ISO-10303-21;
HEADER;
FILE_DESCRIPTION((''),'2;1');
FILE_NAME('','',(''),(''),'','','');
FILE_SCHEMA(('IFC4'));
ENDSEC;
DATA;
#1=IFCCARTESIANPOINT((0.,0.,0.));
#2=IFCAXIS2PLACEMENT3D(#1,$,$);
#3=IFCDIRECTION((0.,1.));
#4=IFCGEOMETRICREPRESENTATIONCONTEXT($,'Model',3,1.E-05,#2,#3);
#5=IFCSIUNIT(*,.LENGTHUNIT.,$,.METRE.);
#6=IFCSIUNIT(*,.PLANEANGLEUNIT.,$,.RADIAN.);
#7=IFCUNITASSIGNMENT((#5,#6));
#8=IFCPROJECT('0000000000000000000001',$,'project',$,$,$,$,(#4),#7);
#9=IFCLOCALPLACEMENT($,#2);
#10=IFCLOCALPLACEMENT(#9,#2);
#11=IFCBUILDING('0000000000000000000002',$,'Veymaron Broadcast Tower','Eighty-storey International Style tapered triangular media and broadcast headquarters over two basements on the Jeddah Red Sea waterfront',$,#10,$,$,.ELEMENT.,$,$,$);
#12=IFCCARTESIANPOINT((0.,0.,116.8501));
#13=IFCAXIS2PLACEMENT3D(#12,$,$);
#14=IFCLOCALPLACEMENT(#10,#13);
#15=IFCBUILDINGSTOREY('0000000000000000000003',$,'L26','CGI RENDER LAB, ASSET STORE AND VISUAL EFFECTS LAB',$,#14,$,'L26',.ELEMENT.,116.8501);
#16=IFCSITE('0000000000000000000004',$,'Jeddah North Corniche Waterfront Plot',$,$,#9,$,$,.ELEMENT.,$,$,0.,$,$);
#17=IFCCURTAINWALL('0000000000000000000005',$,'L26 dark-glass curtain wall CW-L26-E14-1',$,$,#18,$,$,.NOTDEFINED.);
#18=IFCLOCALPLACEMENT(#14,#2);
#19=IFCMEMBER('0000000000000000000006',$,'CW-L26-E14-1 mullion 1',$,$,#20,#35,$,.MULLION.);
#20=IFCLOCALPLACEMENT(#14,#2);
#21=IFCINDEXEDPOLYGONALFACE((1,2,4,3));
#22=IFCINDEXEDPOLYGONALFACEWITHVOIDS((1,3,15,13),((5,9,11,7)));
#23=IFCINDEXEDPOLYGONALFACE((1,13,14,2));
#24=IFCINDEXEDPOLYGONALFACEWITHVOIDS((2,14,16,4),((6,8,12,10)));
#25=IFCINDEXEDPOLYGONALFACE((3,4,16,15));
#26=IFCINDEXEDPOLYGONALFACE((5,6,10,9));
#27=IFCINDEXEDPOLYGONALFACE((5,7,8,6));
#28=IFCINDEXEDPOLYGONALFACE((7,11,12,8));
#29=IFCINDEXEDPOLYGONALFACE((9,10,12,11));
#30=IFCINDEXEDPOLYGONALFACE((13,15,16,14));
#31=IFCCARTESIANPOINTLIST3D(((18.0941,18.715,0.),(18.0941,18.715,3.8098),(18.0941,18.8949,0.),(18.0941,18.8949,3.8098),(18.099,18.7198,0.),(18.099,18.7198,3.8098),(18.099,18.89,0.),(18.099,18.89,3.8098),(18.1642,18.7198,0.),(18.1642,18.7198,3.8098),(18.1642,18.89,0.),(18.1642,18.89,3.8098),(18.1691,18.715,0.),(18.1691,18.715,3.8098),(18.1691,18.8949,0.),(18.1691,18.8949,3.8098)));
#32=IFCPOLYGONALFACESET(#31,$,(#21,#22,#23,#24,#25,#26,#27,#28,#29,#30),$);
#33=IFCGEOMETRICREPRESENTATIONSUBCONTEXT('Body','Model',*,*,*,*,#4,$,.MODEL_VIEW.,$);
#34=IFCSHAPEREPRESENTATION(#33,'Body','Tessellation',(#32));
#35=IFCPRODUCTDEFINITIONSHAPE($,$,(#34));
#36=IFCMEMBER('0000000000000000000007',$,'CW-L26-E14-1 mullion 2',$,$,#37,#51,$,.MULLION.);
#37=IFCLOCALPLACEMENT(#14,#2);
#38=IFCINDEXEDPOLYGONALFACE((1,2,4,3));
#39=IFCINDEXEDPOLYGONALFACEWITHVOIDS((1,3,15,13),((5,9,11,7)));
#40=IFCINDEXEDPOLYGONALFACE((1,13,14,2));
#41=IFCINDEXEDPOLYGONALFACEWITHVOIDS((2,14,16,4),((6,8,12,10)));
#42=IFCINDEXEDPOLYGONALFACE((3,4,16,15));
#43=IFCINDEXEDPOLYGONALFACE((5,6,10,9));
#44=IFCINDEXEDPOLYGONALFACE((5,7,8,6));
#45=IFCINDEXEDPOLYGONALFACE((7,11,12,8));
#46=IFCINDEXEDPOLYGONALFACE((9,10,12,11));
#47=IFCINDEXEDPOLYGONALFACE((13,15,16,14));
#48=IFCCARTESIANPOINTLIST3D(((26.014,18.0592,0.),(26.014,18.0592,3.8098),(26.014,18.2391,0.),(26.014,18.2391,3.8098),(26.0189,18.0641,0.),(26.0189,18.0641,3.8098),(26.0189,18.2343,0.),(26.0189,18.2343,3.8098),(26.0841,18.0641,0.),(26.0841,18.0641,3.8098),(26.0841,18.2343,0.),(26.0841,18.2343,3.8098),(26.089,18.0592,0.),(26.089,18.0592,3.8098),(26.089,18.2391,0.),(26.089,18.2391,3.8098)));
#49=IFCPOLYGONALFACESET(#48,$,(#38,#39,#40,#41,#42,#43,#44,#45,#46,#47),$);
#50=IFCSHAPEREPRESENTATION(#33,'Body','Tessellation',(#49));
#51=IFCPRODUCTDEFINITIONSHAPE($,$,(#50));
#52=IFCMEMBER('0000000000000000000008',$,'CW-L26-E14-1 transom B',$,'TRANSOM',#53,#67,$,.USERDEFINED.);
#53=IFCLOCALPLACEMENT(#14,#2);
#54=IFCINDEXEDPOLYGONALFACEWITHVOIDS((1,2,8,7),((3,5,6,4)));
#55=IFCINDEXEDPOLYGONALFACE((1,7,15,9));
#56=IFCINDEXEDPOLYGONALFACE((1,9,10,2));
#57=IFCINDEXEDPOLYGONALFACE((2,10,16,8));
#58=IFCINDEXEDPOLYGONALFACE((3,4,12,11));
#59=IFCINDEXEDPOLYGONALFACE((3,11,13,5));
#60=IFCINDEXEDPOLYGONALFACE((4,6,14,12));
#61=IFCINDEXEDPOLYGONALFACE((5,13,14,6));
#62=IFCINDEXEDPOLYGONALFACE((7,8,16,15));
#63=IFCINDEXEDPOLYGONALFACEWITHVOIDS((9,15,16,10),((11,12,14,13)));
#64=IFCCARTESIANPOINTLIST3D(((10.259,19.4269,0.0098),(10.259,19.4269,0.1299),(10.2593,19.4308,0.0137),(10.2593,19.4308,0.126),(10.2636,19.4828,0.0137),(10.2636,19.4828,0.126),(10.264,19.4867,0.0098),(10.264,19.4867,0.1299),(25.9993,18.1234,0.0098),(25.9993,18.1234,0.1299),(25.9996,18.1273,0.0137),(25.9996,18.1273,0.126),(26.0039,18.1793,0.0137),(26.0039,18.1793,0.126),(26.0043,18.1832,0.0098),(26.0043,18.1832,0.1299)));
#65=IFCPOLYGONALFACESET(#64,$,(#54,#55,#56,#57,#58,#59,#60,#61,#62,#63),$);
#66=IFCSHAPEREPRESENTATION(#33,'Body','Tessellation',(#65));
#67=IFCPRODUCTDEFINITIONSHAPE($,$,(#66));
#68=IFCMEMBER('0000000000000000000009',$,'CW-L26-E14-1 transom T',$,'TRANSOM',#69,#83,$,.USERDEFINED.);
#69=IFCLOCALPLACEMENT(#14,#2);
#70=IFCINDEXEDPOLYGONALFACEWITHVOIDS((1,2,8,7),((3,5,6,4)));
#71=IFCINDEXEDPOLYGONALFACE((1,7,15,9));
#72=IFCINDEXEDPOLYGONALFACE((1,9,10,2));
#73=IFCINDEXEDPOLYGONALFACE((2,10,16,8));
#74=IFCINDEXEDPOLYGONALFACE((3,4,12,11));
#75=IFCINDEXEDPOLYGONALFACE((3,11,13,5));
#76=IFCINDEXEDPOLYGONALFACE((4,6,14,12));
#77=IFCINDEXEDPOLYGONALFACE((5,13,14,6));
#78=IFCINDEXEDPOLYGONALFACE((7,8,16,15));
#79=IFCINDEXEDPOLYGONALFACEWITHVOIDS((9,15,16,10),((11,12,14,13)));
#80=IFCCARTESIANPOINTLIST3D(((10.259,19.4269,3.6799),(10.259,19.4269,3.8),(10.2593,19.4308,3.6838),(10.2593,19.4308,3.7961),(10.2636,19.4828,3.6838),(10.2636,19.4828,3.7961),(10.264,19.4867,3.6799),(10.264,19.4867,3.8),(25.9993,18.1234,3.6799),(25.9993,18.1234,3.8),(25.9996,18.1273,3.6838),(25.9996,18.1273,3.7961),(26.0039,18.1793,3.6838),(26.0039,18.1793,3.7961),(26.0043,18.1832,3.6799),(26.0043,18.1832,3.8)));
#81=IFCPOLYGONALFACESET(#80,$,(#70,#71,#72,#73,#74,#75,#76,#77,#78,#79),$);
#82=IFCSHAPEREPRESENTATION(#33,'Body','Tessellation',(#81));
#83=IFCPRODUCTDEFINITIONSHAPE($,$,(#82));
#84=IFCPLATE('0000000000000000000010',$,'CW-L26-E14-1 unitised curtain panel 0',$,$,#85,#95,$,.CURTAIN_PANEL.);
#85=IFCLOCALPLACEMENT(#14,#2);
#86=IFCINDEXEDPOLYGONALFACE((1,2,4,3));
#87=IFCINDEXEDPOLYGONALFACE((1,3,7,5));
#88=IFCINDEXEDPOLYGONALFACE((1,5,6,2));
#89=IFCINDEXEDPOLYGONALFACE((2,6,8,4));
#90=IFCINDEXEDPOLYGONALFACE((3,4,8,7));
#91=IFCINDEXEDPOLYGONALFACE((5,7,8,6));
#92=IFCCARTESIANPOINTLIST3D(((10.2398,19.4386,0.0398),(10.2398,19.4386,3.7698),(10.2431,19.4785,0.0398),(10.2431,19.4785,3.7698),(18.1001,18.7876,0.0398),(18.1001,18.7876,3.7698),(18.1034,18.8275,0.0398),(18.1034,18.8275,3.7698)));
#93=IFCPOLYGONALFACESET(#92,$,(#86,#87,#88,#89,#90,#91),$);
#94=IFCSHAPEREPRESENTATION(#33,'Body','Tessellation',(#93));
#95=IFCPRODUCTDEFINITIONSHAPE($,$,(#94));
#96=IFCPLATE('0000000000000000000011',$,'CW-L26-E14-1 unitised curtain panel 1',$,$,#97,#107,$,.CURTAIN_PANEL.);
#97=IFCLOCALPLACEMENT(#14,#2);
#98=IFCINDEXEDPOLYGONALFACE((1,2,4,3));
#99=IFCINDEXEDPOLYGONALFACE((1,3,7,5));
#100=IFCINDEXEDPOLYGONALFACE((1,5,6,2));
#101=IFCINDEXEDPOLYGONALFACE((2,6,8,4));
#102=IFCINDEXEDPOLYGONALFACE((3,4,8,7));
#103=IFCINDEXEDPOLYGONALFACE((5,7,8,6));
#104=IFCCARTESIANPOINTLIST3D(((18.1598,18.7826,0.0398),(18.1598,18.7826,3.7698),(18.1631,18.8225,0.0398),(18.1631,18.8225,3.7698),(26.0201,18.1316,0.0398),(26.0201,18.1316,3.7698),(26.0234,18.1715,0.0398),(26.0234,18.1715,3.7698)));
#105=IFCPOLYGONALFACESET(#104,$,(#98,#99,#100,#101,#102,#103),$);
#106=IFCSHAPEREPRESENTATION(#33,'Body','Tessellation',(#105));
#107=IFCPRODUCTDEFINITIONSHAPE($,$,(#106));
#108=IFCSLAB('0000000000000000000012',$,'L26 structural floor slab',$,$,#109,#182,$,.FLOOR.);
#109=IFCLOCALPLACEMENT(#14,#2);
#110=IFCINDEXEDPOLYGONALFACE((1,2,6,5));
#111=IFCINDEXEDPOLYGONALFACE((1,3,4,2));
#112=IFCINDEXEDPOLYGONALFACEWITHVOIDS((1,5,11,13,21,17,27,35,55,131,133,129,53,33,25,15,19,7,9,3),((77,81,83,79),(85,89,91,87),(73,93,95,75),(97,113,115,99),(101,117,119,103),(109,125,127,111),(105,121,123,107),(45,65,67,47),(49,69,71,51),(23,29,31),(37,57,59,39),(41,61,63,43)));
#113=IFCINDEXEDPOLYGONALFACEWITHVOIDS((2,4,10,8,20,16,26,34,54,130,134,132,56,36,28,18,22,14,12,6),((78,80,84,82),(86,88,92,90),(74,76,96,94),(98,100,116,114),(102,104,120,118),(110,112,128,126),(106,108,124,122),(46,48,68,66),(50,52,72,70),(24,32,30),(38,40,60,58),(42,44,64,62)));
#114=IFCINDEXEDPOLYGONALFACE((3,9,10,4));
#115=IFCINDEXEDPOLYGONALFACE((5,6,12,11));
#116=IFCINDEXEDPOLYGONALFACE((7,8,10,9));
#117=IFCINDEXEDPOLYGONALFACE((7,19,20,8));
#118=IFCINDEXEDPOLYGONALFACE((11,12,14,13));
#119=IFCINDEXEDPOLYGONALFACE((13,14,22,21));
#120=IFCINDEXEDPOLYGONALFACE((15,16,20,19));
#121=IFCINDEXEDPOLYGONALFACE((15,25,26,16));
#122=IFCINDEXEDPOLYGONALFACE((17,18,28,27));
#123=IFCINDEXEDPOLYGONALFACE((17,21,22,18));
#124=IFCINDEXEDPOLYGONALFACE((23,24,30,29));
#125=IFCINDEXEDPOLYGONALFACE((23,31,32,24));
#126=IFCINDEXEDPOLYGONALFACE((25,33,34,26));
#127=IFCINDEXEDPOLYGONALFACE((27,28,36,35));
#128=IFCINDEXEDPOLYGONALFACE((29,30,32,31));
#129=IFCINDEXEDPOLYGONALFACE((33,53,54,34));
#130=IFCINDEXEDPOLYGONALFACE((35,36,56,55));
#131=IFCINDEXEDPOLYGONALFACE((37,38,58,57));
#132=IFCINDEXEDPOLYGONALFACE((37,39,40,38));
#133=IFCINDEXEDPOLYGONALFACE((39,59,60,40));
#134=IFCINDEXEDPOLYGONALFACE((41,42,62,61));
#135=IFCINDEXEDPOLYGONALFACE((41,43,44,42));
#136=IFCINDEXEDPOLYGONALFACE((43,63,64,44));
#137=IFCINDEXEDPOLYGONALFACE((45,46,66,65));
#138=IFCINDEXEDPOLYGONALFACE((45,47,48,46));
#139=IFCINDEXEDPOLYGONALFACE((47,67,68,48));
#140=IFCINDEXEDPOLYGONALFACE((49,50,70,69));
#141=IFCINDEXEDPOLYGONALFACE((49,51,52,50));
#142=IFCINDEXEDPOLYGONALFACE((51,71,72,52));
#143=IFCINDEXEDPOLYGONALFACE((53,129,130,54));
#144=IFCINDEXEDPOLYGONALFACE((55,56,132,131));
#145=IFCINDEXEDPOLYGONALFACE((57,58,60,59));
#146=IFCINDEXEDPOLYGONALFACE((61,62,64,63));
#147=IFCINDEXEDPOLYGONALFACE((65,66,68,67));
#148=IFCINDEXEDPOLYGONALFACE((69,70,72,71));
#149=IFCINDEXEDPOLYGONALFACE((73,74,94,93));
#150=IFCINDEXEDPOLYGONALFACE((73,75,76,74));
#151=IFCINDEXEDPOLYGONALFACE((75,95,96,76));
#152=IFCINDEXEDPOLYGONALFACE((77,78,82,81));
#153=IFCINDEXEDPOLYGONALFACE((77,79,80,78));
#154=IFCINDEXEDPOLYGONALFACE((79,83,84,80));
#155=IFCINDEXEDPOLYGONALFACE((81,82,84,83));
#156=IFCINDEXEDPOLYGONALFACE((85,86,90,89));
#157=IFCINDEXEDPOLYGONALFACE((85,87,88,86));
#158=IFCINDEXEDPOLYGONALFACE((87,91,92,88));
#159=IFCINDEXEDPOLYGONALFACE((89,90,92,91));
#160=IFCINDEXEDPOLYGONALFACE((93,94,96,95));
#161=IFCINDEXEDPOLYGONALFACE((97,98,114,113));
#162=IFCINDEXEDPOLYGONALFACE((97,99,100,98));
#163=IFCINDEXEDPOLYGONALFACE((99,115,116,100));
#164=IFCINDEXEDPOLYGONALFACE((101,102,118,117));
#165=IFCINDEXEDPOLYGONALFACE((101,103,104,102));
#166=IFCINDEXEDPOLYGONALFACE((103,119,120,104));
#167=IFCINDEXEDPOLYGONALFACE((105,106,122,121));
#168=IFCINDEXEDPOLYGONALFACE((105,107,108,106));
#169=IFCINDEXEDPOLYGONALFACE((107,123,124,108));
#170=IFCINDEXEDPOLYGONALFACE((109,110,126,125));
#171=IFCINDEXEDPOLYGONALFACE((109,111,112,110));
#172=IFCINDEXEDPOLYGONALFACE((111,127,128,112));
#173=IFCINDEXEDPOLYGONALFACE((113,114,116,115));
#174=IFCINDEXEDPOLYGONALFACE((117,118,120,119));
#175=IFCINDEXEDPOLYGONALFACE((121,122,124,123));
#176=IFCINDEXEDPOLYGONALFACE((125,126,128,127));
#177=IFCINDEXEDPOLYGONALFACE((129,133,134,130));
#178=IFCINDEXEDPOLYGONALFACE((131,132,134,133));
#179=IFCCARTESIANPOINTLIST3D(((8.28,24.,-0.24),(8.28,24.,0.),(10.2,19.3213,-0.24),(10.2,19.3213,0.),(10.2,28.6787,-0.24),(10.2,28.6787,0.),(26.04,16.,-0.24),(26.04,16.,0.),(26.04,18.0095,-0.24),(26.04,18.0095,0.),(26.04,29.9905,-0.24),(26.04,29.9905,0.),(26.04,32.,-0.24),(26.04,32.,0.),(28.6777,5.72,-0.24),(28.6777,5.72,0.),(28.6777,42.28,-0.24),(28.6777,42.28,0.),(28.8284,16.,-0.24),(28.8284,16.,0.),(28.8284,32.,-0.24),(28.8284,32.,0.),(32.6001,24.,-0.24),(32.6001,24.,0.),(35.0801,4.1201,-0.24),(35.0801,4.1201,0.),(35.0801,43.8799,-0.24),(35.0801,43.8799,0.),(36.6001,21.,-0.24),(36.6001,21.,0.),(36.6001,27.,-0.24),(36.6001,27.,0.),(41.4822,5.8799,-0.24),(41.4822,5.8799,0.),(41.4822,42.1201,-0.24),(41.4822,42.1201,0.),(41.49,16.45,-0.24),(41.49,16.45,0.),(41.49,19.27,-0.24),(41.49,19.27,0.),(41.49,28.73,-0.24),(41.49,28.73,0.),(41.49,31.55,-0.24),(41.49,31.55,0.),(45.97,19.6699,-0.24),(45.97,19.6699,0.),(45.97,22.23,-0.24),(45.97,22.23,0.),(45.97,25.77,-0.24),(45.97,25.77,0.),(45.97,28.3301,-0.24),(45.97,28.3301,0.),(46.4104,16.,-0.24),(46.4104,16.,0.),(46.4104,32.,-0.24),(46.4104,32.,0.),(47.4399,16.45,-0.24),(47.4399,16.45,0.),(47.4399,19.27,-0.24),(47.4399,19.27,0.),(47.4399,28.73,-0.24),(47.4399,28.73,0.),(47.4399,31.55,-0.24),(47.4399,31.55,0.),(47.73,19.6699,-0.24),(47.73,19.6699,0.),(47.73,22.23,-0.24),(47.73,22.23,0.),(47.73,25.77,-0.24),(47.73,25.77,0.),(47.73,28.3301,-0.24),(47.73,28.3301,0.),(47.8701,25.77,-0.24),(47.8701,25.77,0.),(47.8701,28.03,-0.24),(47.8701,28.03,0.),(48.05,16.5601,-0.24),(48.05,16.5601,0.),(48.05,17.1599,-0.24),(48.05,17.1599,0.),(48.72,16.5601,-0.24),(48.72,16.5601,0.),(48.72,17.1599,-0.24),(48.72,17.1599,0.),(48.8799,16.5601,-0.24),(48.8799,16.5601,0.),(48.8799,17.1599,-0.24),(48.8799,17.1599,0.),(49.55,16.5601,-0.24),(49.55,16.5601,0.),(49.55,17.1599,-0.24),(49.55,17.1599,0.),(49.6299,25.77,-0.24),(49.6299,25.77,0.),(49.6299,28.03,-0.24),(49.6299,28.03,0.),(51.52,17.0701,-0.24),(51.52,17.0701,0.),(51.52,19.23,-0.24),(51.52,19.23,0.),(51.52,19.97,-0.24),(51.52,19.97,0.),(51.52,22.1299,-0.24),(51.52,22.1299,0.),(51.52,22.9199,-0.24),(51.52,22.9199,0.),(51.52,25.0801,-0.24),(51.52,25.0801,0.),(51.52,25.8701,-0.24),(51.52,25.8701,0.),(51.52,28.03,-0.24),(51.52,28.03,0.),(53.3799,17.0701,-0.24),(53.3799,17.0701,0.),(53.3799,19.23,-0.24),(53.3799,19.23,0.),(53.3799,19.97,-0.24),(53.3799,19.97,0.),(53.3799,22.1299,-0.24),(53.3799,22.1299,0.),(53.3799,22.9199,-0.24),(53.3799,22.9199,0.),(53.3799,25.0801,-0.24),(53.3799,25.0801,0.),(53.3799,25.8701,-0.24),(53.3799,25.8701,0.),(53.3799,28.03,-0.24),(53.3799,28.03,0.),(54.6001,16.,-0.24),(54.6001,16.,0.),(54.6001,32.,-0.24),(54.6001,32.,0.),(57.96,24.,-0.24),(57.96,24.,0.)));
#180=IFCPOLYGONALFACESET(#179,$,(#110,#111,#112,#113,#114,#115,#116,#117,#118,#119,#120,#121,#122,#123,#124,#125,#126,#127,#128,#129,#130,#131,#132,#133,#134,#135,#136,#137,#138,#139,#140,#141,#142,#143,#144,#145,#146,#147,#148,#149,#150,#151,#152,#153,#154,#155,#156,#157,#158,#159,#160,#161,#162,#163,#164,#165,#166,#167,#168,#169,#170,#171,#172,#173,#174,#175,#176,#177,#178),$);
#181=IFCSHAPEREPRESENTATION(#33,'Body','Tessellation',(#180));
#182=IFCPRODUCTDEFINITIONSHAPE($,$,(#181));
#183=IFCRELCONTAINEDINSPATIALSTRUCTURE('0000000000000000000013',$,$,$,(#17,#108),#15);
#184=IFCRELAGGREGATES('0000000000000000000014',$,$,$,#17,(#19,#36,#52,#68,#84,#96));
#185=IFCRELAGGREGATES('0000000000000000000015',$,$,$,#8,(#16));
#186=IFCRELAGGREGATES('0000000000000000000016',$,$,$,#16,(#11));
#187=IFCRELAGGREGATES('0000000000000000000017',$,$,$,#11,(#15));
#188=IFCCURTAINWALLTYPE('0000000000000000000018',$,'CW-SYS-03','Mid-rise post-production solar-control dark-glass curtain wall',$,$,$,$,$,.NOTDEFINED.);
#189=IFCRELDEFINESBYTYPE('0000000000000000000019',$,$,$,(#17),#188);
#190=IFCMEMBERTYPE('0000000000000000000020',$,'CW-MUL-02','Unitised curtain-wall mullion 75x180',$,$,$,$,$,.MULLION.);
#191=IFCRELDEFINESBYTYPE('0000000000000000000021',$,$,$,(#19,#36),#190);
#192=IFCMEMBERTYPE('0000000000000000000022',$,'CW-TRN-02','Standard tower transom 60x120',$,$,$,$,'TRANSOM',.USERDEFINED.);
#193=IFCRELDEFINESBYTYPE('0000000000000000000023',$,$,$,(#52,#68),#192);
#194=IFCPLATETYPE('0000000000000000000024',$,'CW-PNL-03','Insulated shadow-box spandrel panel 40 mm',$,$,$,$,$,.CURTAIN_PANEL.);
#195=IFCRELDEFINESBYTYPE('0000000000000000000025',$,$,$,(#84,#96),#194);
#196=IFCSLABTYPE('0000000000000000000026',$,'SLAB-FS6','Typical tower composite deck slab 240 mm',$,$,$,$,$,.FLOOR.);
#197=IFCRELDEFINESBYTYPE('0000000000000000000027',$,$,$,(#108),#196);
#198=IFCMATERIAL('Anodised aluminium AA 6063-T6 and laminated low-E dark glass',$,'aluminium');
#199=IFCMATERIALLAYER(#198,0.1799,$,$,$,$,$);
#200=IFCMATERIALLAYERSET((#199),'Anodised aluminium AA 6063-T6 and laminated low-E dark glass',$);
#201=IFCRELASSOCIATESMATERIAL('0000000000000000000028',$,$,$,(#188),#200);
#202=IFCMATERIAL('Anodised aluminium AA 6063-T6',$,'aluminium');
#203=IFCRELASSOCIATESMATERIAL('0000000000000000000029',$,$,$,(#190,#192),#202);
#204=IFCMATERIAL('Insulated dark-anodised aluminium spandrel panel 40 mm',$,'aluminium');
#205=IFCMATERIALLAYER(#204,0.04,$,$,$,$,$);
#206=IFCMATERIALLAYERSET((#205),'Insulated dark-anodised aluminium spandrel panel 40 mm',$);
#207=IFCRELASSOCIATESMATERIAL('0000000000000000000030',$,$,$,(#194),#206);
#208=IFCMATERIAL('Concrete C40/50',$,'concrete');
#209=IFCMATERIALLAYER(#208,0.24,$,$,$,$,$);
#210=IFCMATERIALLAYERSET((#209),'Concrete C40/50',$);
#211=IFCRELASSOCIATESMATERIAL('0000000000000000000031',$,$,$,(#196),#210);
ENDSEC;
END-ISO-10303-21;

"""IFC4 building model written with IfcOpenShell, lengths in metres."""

from ifc_helpers import new_model, si_unit, direction, frame, origin, origin_2d, place, context, subcontext, project, spatial, polyline, rectangle, hollow_rectangle, outline, extrude, material, layer, layer_set, material_profile, profile_set, type_object, element, aggregate, save


model = new_model("IFC4")

# Units and contexts
model_context = context("Model", 3, precision=1e-05, world=origin(), true_north=direction((0.0, 1.0)))
body_context = subcontext(model_context, "Body", "Model", "MODEL_VIEW")
ifc_project = project(units=[si_unit("LENGTHUNIT", "METRE"), si_unit("PLANEANGLEUNIT", "RADIAN")], contexts=[model_context])

# Site, building, storey
site_placement = place(None, origin())
site = spatial("IfcSite", under=ifc_project, at=site_placement, Name="Jeddah North Corniche Waterfront Plot", CompositionType="ELEMENT", RefElevation=0.0)
building_placement = place(site_placement, origin())
building = spatial("IfcBuilding", under=site, at=building_placement, Name="Veymaron Broadcast Tower", Description="Eighty-storey International Style tapered triangular media and broadcast headquarters over two basements on the Jeddah Red Sea waterfront", CompositionType="ELEMENT")
storey_placement = place(building_placement, frame((0.0, 0.0, 116.8501)))
storey = spatial("IfcBuildingStorey", under=building, at=storey_placement, Name="L26", Description="CGI RENDER LAB, ASSET STORE AND VISUAL EFFECTS LAB", LongName="L26", CompositionType="ELEMENT", Elevation=116.8501)

# Curtain wall, members, plates
ifc_material_1 = material(Name="Anodised aluminium AA 6063-T6 and laminated low-E dark glass", Category="aluminium")
ifc_layer_1 = layer(ifc_material_1, 0.1799)
ifc_layer_set_1 = layer_set([ifc_layer_1], Name="Anodised aluminium AA 6063-T6 and laminated low-E dark glass")
curtain_wall_type = type_object("IfcCurtainWallType", Name="CW-SYS-03", Description="Mid-rise post-production solar-control dark-glass curtain wall", PredefinedType="NOTDEFINED", material=ifc_layer_set_1)
curtain_wall_placement = place(storey_placement, origin())
curtain_wall = element("IfcCurtainWall", 1, at=curtain_wall_placement, inside=storey, type_object=curtain_wall_type, Name="L26 dark-glass curtain wall CW-L26-E14-1", PredefinedType="NOTDEFINED")
ifc_material_2 = material(Name="Anodised aluminium AA 6063-T6", Category="aluminium")
ifc_material_profile_1 = material_profile(ifc_material_2, hollow_rectangle(XDim=0.075, YDim=0.1799, WallThickness=0.0049, at=origin_2d()), Name="AL180X75X5")
ifc_profile_set_1 = profile_set([ifc_material_profile_1], Name="Anodised aluminium AA 6063-T6")
member_type_1 = type_object("IfcMemberType", Name="CW-MUL-02", Description="Unitised curtain-wall mullion 75x180", PredefinedType="MULLION", material=ifc_profile_set_1)
member_1_placement = place(storey_placement, frame((18.1316, 18.8049, 0.0), z_axis=(0.0, 0.0, 1.0), x_axis=(1.0, 0.0, 0.0)))
member_1 = element("IfcMember", 2, at=member_1_placement, type_object=member_type_1, Name="CW-L26-E14-1 mullion 1", PredefinedType="MULLION", context=body_context, shape_type="SweptSolid", body=[
    extrude(hollow_rectangle(XDim=0.075, YDim=0.1799, WallThickness=0.0049, at=origin_2d()), origin(), (0.0, 0.0, 1.0), 3.8098),
])
member_2_placement = place(storey_placement, frame((26.0515, 18.1492, 0.0), z_axis=(0.0, 0.0, 1.0), x_axis=(1.0, 0.0, 0.0)))
member_2 = element("IfcMember", 3, at=member_2_placement, type_object=member_type_1, Name="CW-L26-E14-1 mullion 2", PredefinedType="MULLION", context=body_context, shape_type="SweptSolid", body=[
    extrude(hollow_rectangle(XDim=0.075, YDim=0.1799, WallThickness=0.0049, at=origin_2d()), origin(), (0.0, 0.0, 1.0), 3.8098),
])
ifc_material_profile_2 = material_profile(ifc_material_2, hollow_rectangle(XDim=0.0601, YDim=0.1201, WallThickness=0.0039, at=origin_2d()), Name="AL120X60X4")
ifc_profile_set_2 = profile_set([ifc_material_profile_2], Name="Anodised aluminium AA 6063-T6")
member_type_2 = type_object("IfcMemberType", Name="CW-TRN-02", Description="Standard tower transom 60x120", ElementType="TRANSOM", PredefinedType="USERDEFINED", material=ifc_profile_set_2)
member_3_placement = place(storey_placement, frame((10.2615, 19.4568, 0.0698), z_axis=(0.996589, -0.082529, 0.0), x_axis=(0.082529, 0.996589, 0.0)))
member_3 = element("IfcMember", 4, at=member_3_placement, type_object=member_type_2, Name="CW-L26-E14-1 transom B", ObjectType="TRANSOM", PredefinedType="USERDEFINED", context=body_context, shape_type="SweptSolid", body=[
    extrude(hollow_rectangle(XDim=0.0601, YDim=0.1201, WallThickness=0.0039, at=origin_2d()), origin(), (0.0, 0.0, 1.0), 15.7942),
])
member_4_placement = place(storey_placement, frame((10.2615, 19.4568, 3.74), z_axis=(0.996589, -0.082529, 0.0), x_axis=(0.082529, 0.996589, 0.0)))
member_4 = element("IfcMember", 5, at=member_4_placement, type_object=member_type_2, Name="CW-L26-E14-1 transom T", ObjectType="TRANSOM", PredefinedType="USERDEFINED", context=body_context, shape_type="SweptSolid", body=[
    extrude(hollow_rectangle(XDim=0.0601, YDim=0.1201, WallThickness=0.0039, at=origin_2d()), origin(), (0.0, 0.0, 1.0), 15.7942),
])
ifc_material_3 = material(Name="Insulated dark-anodised aluminium spandrel panel 40 mm", Category="aluminium")
ifc_layer_2 = layer(ifc_material_3, 0.04)
ifc_layer_set_2 = layer_set([ifc_layer_2], Name="Insulated dark-anodised aluminium spandrel panel 40 mm")
plate_type = type_object("IfcPlateType", Name="CW-PNL-03", Description="Insulated shadow-box spandrel panel 40 mm", PredefinedType="CURTAIN_PANEL", material=ifc_layer_set_2)
plate_1_placement = place(storey_placement, frame((14.1716, 19.1331, 0.0398), z_axis=(0.0, 0.0, 1.0), x_axis=(0.996589, -0.08253, 0.0)))
plate_1 = element("IfcPlate", 6, at=plate_1_placement, type_object=plate_type, Name="CW-L26-E14-1 unitised curtain panel 0", PredefinedType="CURTAIN_PANEL", context=body_context, shape_type="SweptSolid", body=[
    extrude(rectangle(XDim=7.8872, YDim=0.04, at=origin_2d()), origin(), (0.0, 0.0, 1.0), 3.73),
])
plate_2_placement = place(storey_placement, frame((22.0916, 18.4771, 0.0398), z_axis=(0.0, 0.0, 1.0), x_axis=(0.996589, -0.08253, 0.0)))
plate_2 = element("IfcPlate", 7, at=plate_2_placement, type_object=plate_type, Name="CW-L26-E14-1 unitised curtain panel 1", PredefinedType="CURTAIN_PANEL", context=body_context, shape_type="SweptSolid", body=[
    extrude(rectangle(XDim=7.8872, YDim=0.04, at=origin_2d()), origin(), (0.0, 0.0, 1.0), 3.73),
])
aggregate(curtain_wall, [member_1, member_2, member_3, member_4, plate_1, plate_2])

# Slab
ifc_material_4 = material(Name="Concrete C40/50", Category="concrete")
ifc_layer_3 = layer(ifc_material_4, 0.24)
ifc_layer_set_3 = layer_set([ifc_layer_3], Name="Concrete C40/50")
slab_type_1 = type_object("IfcSlabType", Name="SLAB-FS6", Description="Typical tower composite deck slab 240 mm", PredefinedType="FLOOR", material=ifc_layer_set_3)
slab_1_placement = place(storey_placement, frame((0.0, 0.0, -0.24)))
element("IfcSlab", 8, at=slab_1_placement, inside=storey, type_object=slab_type_1, Name="L26 structural floor slab", PredefinedType="FLOOR", context=body_context, shape_type="SweptSolid", body=[
    extrude(outline(polyline([(46.4104, 16.0), (54.6001, 16.0), (57.96, 24.0), (54.6001, 32.0), (46.4104, 32.0), (41.4822, 42.1201), (35.0801, 43.8799), (28.6777, 42.28), (28.8284, 32.0), (26.04, 32.0), (26.04, 29.9905), (10.2, 28.6787), (8.28, 24.0), (10.2, 19.3213), (26.04, 18.0095), (26.04, 16.0), (28.8284, 16.0), (28.6777, 5.72), (35.0801, 4.1201), (41.4822, 5.8799), (46.4104, 16.0)]), holes=[polyline([(45.97, 28.3301), (47.73, 28.3301), (47.73, 25.77), (45.97, 25.77), (45.97, 28.3301)]), polyline([(45.97, 22.23), (47.73, 22.23), (47.73, 19.6699), (45.97, 19.6699), (45.97, 22.23)]), polyline([(47.8701, 28.03), (49.6299, 28.03), (49.6299, 25.77), (47.8701, 25.77), (47.8701, 28.03)]), polyline([(51.52, 28.03), (53.3799, 28.03), (53.3799, 25.8701), (51.52, 25.8701), (51.52, 28.03)]), polyline([(51.52, 22.1299), (53.3799, 22.1299), (53.3799, 19.97), (51.52, 19.97), (51.52, 22.1299)]), polyline([(51.52, 25.0801), (53.3799, 25.0801), (53.3799, 22.9199), (51.52, 22.9199), (51.52, 25.0801)]), polyline([(51.52, 19.23), (53.3799, 19.23), (53.3799, 17.0701), (51.52, 17.0701), (51.52, 19.23)]), polyline([(48.05, 17.1599), (48.72, 17.1599), (48.72, 16.5601), (48.05, 16.5601), (48.05, 17.1599)]), polyline([(48.8799, 17.1599), (49.55, 17.1599), (49.55, 16.5601), (48.8799, 16.5601), (48.8799, 17.1599)]), polyline([(36.6001, 27.0), (36.6001, 21.0), (32.6001, 24.0), (36.6001, 27.0)]), polyline([(41.49, 31.55), (47.4399, 31.55), (47.4399, 28.73), (41.49, 28.73), (41.49, 31.55)]), polyline([(41.49, 19.27), (47.4399, 19.27), (47.4399, 16.45), (41.49, 16.45), (41.49, 19.27)])]), origin(), (0.0, 0.0, 1.0), 0.24),
])

save(model, "model.ifc")
